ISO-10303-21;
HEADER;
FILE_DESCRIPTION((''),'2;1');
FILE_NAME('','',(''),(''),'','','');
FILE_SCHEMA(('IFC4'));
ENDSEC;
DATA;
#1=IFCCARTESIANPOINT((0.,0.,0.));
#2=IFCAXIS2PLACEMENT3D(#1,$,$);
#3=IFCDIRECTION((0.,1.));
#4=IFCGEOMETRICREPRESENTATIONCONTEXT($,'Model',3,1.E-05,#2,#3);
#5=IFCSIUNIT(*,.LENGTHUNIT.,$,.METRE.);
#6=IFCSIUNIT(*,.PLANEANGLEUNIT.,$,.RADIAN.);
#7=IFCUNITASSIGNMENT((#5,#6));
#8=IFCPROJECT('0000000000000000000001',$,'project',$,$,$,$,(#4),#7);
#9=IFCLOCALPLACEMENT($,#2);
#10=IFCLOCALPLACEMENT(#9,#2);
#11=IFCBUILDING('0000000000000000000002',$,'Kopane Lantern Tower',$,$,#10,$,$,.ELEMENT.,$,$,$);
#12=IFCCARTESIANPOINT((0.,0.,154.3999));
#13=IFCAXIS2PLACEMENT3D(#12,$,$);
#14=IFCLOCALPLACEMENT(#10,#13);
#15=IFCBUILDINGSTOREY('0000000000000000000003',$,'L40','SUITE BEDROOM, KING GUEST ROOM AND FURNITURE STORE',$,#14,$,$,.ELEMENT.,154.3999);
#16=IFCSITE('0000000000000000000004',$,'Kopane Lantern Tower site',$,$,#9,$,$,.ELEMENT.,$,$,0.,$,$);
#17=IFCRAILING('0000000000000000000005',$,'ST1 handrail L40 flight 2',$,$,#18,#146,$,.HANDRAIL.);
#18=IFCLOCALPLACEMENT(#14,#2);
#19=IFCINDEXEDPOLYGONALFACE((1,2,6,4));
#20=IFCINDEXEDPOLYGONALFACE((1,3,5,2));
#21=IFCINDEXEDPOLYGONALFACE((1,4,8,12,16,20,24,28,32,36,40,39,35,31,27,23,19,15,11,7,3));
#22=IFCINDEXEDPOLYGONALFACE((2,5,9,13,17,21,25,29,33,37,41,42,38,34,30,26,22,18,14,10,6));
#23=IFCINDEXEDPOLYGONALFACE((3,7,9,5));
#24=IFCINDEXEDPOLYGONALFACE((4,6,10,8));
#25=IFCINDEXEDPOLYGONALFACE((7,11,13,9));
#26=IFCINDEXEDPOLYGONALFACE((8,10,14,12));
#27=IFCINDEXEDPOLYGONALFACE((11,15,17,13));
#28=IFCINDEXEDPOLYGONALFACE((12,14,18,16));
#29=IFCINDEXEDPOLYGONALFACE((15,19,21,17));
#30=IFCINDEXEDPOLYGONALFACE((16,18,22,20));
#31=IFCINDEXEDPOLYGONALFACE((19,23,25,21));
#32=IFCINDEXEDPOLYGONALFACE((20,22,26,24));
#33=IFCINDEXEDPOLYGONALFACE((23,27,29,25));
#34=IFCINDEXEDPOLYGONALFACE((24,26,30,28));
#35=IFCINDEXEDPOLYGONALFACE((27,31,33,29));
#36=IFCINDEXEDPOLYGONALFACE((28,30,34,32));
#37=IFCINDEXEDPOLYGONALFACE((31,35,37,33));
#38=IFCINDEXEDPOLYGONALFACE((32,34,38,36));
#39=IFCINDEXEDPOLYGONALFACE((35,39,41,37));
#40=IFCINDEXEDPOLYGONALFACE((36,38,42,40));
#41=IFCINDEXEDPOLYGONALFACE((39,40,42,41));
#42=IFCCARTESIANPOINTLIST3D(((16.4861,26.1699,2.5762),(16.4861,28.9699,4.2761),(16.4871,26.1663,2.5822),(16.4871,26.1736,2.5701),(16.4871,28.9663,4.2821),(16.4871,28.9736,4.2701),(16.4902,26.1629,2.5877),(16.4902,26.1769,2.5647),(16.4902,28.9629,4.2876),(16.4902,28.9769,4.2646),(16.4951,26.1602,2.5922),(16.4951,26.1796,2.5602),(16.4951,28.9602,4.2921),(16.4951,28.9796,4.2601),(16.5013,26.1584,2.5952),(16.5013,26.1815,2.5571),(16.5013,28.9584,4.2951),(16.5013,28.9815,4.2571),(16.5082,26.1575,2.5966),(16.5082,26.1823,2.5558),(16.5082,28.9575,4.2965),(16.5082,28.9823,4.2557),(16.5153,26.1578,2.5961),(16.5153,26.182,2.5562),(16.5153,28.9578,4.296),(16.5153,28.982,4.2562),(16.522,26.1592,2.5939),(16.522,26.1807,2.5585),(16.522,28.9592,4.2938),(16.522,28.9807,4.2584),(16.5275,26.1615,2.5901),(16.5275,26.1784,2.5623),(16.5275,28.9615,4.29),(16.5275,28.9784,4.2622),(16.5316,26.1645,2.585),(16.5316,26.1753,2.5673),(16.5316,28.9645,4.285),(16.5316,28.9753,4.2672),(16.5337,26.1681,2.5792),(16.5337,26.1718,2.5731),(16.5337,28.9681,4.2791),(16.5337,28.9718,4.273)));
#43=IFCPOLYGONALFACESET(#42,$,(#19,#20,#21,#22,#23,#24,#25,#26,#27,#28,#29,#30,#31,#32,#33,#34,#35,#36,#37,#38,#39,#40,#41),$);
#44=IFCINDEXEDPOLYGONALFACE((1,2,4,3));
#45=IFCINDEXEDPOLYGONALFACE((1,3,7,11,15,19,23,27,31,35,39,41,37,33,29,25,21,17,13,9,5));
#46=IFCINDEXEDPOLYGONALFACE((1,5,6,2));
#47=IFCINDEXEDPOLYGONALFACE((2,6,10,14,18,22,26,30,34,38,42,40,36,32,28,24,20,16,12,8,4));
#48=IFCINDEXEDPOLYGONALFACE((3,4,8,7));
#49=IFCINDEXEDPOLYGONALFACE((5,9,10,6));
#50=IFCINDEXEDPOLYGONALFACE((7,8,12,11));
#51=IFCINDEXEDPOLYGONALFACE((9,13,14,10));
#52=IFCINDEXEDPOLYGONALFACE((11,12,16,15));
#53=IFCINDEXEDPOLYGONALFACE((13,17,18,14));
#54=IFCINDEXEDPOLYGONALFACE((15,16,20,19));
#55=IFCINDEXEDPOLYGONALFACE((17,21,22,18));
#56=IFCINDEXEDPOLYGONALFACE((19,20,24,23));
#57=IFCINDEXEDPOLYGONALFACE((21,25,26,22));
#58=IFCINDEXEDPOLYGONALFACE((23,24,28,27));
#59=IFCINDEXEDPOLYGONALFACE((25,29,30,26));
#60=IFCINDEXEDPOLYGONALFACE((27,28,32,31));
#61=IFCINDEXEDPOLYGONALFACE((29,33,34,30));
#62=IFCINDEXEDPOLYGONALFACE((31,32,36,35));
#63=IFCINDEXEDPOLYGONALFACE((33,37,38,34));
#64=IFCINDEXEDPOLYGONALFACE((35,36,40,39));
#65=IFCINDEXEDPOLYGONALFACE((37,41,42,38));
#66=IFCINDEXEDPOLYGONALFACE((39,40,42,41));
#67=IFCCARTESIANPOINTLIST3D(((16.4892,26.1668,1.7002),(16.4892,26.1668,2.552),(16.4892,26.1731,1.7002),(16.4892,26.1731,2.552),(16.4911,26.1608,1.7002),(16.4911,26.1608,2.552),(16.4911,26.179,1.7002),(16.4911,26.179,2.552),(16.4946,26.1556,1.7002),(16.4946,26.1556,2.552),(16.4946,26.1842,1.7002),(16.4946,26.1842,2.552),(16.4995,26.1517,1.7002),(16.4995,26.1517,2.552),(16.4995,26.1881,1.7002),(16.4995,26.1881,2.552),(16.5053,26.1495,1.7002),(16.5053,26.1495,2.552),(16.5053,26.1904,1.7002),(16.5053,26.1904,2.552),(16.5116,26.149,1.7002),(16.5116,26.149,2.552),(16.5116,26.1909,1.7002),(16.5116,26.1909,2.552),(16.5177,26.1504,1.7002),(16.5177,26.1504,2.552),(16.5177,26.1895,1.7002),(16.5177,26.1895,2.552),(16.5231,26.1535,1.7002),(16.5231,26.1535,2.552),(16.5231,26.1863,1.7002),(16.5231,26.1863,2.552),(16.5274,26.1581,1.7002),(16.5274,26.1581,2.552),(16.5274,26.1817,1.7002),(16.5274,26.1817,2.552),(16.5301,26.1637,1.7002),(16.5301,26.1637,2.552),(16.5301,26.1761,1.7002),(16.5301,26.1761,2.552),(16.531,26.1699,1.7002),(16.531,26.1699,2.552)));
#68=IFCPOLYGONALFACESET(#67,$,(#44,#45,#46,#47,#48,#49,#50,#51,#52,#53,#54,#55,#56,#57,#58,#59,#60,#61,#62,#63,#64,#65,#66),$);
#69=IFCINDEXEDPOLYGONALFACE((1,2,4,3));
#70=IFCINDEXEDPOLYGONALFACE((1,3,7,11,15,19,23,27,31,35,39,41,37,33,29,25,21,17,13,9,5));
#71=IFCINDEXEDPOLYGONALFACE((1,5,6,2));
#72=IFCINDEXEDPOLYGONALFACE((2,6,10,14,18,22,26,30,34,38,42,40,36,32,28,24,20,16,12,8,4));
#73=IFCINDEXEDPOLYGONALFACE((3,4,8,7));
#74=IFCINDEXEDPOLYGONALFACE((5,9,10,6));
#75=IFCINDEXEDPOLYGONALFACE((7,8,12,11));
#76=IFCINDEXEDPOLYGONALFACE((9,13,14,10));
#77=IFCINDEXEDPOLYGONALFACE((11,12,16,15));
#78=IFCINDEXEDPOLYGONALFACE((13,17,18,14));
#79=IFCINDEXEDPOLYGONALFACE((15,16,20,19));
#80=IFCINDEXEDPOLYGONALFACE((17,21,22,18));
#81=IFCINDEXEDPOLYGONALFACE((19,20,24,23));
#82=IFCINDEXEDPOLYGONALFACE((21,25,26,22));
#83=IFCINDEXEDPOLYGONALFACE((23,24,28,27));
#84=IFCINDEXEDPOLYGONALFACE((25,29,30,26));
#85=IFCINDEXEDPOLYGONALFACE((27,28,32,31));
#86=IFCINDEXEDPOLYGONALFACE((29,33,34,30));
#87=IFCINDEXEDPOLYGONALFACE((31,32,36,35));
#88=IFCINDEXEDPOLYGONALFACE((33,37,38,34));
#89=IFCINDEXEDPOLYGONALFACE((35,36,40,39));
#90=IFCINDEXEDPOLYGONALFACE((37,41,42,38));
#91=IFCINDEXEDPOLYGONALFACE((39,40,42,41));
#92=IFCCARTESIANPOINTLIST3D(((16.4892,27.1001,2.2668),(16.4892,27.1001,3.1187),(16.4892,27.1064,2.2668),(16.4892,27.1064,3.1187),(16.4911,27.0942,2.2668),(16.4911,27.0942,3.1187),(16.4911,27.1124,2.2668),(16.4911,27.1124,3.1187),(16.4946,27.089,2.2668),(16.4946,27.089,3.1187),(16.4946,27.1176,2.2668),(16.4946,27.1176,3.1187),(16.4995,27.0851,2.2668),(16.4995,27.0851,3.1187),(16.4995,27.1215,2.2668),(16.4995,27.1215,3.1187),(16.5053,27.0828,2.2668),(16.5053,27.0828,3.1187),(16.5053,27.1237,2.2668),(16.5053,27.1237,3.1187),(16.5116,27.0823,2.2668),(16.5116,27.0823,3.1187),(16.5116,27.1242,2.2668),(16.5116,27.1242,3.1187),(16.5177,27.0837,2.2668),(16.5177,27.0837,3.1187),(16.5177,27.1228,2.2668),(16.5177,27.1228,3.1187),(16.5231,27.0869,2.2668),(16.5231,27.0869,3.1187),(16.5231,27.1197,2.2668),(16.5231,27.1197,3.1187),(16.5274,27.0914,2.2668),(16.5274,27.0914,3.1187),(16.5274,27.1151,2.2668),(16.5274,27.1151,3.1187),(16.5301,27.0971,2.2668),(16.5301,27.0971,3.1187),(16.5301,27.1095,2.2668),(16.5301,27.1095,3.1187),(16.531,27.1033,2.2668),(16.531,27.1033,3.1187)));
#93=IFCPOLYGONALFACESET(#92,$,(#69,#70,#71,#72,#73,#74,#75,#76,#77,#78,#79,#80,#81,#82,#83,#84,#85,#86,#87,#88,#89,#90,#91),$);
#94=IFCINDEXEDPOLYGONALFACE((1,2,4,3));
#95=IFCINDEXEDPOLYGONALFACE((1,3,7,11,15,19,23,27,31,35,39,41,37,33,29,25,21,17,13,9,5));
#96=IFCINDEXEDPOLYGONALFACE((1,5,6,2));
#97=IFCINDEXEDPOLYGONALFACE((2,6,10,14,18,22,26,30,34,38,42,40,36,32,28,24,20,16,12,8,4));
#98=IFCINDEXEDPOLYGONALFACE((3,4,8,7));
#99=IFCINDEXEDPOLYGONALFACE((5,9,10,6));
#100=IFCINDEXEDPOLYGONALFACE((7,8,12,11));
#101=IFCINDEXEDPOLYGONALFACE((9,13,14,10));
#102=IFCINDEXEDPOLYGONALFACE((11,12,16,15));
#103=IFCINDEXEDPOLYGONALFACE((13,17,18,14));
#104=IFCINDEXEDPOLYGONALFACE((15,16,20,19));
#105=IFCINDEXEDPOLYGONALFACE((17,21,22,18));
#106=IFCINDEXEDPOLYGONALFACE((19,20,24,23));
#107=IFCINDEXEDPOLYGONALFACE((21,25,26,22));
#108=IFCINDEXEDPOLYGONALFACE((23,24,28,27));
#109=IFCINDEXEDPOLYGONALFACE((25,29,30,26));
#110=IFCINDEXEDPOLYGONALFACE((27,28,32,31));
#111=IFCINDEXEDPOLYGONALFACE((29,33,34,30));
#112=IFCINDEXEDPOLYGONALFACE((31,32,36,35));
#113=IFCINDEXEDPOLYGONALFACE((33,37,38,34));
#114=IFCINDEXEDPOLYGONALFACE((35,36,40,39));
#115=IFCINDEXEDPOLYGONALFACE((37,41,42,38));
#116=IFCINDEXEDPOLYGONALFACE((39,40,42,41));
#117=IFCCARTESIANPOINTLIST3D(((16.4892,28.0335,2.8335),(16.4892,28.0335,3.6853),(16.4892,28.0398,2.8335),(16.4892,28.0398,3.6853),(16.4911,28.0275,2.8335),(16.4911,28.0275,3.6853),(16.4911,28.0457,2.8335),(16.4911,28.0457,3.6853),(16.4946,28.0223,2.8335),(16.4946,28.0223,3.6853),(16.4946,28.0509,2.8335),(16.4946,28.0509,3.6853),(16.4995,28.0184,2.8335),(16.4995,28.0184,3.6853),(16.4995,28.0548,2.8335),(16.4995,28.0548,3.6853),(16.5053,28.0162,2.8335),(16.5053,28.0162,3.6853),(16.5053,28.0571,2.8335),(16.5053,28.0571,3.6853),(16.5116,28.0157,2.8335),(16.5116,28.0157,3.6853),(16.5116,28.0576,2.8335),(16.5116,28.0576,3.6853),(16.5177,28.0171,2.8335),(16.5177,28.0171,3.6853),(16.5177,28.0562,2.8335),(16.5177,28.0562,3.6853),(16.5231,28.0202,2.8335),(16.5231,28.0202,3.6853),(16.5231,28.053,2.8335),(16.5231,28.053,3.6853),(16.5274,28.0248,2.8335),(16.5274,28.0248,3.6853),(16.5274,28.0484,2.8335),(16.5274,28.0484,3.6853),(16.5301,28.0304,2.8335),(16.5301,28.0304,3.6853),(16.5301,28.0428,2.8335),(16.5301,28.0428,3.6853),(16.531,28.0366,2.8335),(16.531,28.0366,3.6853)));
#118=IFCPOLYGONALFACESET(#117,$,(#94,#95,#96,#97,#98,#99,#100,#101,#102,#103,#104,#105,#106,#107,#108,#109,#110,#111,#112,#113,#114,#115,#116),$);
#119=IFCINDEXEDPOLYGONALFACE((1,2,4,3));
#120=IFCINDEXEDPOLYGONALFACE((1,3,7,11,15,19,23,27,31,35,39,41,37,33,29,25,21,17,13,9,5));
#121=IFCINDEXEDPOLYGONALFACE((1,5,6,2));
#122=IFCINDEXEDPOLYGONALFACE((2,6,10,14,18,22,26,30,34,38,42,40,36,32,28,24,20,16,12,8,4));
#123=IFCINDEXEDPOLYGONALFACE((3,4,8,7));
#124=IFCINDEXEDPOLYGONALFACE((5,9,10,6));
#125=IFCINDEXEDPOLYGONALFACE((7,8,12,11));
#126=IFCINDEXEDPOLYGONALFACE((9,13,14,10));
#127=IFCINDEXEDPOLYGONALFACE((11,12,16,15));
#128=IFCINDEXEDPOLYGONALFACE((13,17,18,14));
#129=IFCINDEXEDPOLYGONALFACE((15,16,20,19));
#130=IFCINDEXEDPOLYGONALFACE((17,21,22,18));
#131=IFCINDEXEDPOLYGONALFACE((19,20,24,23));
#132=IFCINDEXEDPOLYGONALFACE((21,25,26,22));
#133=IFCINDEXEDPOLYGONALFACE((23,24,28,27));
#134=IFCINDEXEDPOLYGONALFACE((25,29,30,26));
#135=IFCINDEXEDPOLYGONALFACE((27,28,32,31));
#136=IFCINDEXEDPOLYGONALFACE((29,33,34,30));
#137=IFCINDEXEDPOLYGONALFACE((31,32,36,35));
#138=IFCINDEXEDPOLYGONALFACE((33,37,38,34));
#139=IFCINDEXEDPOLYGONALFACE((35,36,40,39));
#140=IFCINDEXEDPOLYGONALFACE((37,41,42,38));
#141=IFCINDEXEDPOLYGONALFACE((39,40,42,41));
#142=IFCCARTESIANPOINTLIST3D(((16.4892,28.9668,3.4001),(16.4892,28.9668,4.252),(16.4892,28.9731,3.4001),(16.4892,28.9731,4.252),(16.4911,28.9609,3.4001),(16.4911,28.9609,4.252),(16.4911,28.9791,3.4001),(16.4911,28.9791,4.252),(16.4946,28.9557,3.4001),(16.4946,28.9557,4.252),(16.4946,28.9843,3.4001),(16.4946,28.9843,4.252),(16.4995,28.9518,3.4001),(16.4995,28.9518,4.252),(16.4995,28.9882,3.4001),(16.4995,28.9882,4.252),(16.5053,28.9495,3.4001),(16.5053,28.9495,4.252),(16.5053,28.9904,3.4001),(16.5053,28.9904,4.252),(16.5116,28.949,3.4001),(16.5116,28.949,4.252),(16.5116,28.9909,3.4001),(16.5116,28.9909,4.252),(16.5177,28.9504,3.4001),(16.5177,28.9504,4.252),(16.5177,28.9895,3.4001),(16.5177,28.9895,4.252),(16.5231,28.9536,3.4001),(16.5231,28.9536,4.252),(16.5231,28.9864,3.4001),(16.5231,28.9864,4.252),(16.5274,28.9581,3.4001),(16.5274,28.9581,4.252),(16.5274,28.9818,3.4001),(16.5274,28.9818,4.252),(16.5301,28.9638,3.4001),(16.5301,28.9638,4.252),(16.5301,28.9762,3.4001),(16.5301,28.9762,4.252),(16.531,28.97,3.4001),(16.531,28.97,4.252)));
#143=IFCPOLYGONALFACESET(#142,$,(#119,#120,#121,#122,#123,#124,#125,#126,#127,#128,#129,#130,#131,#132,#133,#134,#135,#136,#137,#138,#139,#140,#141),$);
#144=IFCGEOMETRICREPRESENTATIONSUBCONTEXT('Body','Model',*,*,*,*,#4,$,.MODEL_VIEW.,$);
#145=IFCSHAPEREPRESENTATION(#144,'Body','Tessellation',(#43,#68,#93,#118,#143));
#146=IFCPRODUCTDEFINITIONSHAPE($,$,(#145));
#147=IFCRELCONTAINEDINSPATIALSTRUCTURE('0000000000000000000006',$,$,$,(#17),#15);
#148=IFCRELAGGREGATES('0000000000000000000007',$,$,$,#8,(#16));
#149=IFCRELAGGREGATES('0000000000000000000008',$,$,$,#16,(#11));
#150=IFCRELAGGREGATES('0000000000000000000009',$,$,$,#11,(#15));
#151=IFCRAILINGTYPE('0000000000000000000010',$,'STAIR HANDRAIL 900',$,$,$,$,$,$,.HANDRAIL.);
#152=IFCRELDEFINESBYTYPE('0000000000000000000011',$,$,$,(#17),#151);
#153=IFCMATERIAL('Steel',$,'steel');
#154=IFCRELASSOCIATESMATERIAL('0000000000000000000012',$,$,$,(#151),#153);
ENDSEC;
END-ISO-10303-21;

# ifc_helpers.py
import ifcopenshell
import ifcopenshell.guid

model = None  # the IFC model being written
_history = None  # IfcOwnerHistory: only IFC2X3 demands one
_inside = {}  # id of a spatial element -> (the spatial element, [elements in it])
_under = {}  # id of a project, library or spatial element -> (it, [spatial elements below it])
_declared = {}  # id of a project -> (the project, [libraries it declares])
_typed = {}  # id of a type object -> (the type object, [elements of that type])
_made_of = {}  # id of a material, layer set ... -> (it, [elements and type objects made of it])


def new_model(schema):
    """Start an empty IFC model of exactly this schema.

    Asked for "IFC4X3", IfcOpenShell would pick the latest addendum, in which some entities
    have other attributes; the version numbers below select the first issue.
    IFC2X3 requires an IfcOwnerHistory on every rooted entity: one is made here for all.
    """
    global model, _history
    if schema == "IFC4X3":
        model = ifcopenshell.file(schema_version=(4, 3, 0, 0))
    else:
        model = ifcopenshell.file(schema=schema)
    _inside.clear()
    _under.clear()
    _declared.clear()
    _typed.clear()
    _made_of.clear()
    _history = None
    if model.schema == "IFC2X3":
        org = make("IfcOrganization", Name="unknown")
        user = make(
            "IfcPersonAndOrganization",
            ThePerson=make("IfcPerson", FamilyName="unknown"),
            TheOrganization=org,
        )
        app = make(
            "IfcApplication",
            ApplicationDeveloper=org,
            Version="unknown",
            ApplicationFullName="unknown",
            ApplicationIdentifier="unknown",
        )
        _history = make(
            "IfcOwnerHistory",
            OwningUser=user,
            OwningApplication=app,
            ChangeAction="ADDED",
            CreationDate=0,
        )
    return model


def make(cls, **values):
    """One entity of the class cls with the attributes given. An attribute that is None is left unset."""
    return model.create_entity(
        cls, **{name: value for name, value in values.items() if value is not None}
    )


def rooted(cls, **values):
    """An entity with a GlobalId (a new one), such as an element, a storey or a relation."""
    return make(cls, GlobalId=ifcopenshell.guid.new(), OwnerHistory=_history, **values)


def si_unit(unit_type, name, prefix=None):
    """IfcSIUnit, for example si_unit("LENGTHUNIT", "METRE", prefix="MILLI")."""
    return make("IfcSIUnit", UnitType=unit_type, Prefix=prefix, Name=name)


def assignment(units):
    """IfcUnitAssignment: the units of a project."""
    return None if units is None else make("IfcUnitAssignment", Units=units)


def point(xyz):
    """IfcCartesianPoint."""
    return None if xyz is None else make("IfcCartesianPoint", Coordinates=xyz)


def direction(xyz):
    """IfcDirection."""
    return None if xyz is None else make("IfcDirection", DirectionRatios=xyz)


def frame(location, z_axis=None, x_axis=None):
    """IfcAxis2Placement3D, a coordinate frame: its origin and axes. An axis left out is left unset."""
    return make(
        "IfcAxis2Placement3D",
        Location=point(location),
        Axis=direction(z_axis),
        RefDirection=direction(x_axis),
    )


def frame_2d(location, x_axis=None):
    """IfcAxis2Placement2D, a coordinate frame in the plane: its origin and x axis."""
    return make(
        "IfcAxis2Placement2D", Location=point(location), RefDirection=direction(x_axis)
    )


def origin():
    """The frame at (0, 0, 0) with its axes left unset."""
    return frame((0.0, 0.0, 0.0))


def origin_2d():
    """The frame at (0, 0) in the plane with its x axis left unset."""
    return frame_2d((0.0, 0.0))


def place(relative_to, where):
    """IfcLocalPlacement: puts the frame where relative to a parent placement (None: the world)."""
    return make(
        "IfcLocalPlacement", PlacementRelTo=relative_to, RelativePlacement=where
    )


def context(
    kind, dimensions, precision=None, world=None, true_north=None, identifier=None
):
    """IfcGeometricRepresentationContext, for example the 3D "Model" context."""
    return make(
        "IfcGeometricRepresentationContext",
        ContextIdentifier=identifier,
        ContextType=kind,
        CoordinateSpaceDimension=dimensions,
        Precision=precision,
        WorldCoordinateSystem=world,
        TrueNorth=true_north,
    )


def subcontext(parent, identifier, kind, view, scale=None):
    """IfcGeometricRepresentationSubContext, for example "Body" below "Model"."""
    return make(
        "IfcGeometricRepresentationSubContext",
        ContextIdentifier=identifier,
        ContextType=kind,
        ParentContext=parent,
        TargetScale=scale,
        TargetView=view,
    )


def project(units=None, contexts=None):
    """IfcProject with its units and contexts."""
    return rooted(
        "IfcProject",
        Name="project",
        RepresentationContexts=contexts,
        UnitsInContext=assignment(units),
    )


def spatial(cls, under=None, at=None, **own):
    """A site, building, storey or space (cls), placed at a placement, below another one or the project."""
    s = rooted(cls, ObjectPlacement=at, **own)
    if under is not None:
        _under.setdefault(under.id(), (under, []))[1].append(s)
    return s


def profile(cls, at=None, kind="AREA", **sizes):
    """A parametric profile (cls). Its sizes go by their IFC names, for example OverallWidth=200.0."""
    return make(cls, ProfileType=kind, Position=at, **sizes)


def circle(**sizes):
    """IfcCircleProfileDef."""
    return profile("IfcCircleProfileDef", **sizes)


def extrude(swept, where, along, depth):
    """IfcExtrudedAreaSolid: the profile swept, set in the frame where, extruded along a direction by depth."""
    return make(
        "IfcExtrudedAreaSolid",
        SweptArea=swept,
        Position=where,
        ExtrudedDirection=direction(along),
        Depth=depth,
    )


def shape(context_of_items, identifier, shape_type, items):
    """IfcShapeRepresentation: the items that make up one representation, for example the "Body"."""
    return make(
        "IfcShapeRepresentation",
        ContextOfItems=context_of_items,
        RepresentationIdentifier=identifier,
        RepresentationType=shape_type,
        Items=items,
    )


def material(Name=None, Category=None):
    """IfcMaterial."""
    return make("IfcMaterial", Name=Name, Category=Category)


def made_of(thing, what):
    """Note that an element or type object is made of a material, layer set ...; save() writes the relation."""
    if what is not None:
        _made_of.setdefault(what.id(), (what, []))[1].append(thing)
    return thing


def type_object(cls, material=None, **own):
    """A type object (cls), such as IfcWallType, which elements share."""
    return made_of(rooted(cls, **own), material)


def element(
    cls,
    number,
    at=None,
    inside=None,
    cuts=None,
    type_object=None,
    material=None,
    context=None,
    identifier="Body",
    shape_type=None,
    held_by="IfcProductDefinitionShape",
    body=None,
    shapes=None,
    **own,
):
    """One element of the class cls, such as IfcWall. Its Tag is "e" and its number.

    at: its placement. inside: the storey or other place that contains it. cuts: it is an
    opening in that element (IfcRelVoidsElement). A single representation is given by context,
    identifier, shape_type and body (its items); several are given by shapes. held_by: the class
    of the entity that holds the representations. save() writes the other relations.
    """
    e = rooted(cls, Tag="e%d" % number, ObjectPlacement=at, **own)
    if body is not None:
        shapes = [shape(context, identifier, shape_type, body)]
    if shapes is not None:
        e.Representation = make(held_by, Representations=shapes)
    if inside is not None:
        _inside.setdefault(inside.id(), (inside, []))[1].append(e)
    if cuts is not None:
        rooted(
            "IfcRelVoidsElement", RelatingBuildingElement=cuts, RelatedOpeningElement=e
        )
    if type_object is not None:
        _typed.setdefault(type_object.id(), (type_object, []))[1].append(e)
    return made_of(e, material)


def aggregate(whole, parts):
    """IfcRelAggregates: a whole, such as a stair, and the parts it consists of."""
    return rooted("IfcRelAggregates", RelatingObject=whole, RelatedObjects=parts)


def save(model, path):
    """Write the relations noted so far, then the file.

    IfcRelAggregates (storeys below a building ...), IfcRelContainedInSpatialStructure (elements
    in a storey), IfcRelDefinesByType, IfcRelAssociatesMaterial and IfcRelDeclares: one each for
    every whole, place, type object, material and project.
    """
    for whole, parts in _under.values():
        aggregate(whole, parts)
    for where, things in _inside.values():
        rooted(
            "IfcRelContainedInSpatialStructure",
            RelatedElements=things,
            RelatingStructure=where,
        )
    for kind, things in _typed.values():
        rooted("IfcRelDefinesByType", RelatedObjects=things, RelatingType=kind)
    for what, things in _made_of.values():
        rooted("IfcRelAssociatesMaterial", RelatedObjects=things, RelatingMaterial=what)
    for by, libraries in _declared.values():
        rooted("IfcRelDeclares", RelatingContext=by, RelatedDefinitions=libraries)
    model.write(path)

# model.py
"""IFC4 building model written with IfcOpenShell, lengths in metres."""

from ifc_helpers import new_model, si_unit, direction, frame, origin, origin_2d, place, context, subcontext, project, spatial, circle, extrude, material, type_object, element, save


model = new_model("IFC4")

# Units and contexts
model_context = context("Model", 3, precision=1e-05, world=origin(), true_north=direction((0.0, 1.0)))
body_context = subcontext(model_context, "Body", "Model", "MODEL_VIEW")
ifc_project = project(units=[si_unit("LENGTHUNIT", "METRE"), si_unit("PLANEANGLEUNIT", "RADIAN")], contexts=[model_context])

# Site, building, storey
site_placement = place(None, origin())
site = spatial("IfcSite", under=ifc_project, at=site_placement, Name="Kopane Lantern Tower site", CompositionType="ELEMENT", RefElevation=0.0)
building_placement = place(site_placement, origin())
building = spatial("IfcBuilding", under=site, at=building_placement, Name="Kopane Lantern Tower", CompositionType="ELEMENT")
storey_placement = place(building_placement, frame((0.0, 0.0, 154.3999)))
storey = spatial("IfcBuildingStorey", under=building, at=storey_placement, Name="L40", Description="SUITE BEDROOM, KING GUEST ROOM AND FURNITURE STORE", CompositionType="ELEMENT", Elevation=154.3999)

# Railing
ifc_material_1 = material(Name="Steel", Category="steel")
railing_type_1 = type_object("IfcRailingType", Name="STAIR HANDRAIL 900", PredefinedType="HANDRAIL", material=ifc_material_1)
for number, where, name in (
    (1, (16.51, 26.1699, 1.7002), "ST1 handrail L40 flight 2"),
):
    element("IfcRailing", number, at=place(storey_placement, frame(where)), inside=storey, type_object=railing_type_1, Name=name, PredefinedType="HANDRAIL", context=body_context, shape_type="SweptSolid", body=[
        extrude(circle(Radius=0.0239, at=origin_2d()), frame((0.0, 0.0, 0.876), z_axis=(0.0, 0.854798, 0.518961), x_axis=(-1.0, 0.0, 0.0)), (0.0, 0.0, 1.0), 3.2756),
        extrude(circle(Radius=0.021, at=origin_2d()), origin(), (0.0, 0.0, 1.0), 0.8518),
        extrude(circle(Radius=0.021, at=origin_2d()), frame((0.0, 0.9333, 0.5667)), (0.0, 0.0, 1.0), 0.8518),
        extrude(circle(Radius=0.021, at=origin_2d()), frame((0.0, 1.8667, 1.1333)), (0.0, 0.0, 1.0), 0.8518),
        extrude(circle(Radius=0.021, at=origin_2d()), frame((0.0, 2.8, 1.7)), (0.0, 0.0, 1.0), 0.8518),
    ])

save(model, "model.ifc")
